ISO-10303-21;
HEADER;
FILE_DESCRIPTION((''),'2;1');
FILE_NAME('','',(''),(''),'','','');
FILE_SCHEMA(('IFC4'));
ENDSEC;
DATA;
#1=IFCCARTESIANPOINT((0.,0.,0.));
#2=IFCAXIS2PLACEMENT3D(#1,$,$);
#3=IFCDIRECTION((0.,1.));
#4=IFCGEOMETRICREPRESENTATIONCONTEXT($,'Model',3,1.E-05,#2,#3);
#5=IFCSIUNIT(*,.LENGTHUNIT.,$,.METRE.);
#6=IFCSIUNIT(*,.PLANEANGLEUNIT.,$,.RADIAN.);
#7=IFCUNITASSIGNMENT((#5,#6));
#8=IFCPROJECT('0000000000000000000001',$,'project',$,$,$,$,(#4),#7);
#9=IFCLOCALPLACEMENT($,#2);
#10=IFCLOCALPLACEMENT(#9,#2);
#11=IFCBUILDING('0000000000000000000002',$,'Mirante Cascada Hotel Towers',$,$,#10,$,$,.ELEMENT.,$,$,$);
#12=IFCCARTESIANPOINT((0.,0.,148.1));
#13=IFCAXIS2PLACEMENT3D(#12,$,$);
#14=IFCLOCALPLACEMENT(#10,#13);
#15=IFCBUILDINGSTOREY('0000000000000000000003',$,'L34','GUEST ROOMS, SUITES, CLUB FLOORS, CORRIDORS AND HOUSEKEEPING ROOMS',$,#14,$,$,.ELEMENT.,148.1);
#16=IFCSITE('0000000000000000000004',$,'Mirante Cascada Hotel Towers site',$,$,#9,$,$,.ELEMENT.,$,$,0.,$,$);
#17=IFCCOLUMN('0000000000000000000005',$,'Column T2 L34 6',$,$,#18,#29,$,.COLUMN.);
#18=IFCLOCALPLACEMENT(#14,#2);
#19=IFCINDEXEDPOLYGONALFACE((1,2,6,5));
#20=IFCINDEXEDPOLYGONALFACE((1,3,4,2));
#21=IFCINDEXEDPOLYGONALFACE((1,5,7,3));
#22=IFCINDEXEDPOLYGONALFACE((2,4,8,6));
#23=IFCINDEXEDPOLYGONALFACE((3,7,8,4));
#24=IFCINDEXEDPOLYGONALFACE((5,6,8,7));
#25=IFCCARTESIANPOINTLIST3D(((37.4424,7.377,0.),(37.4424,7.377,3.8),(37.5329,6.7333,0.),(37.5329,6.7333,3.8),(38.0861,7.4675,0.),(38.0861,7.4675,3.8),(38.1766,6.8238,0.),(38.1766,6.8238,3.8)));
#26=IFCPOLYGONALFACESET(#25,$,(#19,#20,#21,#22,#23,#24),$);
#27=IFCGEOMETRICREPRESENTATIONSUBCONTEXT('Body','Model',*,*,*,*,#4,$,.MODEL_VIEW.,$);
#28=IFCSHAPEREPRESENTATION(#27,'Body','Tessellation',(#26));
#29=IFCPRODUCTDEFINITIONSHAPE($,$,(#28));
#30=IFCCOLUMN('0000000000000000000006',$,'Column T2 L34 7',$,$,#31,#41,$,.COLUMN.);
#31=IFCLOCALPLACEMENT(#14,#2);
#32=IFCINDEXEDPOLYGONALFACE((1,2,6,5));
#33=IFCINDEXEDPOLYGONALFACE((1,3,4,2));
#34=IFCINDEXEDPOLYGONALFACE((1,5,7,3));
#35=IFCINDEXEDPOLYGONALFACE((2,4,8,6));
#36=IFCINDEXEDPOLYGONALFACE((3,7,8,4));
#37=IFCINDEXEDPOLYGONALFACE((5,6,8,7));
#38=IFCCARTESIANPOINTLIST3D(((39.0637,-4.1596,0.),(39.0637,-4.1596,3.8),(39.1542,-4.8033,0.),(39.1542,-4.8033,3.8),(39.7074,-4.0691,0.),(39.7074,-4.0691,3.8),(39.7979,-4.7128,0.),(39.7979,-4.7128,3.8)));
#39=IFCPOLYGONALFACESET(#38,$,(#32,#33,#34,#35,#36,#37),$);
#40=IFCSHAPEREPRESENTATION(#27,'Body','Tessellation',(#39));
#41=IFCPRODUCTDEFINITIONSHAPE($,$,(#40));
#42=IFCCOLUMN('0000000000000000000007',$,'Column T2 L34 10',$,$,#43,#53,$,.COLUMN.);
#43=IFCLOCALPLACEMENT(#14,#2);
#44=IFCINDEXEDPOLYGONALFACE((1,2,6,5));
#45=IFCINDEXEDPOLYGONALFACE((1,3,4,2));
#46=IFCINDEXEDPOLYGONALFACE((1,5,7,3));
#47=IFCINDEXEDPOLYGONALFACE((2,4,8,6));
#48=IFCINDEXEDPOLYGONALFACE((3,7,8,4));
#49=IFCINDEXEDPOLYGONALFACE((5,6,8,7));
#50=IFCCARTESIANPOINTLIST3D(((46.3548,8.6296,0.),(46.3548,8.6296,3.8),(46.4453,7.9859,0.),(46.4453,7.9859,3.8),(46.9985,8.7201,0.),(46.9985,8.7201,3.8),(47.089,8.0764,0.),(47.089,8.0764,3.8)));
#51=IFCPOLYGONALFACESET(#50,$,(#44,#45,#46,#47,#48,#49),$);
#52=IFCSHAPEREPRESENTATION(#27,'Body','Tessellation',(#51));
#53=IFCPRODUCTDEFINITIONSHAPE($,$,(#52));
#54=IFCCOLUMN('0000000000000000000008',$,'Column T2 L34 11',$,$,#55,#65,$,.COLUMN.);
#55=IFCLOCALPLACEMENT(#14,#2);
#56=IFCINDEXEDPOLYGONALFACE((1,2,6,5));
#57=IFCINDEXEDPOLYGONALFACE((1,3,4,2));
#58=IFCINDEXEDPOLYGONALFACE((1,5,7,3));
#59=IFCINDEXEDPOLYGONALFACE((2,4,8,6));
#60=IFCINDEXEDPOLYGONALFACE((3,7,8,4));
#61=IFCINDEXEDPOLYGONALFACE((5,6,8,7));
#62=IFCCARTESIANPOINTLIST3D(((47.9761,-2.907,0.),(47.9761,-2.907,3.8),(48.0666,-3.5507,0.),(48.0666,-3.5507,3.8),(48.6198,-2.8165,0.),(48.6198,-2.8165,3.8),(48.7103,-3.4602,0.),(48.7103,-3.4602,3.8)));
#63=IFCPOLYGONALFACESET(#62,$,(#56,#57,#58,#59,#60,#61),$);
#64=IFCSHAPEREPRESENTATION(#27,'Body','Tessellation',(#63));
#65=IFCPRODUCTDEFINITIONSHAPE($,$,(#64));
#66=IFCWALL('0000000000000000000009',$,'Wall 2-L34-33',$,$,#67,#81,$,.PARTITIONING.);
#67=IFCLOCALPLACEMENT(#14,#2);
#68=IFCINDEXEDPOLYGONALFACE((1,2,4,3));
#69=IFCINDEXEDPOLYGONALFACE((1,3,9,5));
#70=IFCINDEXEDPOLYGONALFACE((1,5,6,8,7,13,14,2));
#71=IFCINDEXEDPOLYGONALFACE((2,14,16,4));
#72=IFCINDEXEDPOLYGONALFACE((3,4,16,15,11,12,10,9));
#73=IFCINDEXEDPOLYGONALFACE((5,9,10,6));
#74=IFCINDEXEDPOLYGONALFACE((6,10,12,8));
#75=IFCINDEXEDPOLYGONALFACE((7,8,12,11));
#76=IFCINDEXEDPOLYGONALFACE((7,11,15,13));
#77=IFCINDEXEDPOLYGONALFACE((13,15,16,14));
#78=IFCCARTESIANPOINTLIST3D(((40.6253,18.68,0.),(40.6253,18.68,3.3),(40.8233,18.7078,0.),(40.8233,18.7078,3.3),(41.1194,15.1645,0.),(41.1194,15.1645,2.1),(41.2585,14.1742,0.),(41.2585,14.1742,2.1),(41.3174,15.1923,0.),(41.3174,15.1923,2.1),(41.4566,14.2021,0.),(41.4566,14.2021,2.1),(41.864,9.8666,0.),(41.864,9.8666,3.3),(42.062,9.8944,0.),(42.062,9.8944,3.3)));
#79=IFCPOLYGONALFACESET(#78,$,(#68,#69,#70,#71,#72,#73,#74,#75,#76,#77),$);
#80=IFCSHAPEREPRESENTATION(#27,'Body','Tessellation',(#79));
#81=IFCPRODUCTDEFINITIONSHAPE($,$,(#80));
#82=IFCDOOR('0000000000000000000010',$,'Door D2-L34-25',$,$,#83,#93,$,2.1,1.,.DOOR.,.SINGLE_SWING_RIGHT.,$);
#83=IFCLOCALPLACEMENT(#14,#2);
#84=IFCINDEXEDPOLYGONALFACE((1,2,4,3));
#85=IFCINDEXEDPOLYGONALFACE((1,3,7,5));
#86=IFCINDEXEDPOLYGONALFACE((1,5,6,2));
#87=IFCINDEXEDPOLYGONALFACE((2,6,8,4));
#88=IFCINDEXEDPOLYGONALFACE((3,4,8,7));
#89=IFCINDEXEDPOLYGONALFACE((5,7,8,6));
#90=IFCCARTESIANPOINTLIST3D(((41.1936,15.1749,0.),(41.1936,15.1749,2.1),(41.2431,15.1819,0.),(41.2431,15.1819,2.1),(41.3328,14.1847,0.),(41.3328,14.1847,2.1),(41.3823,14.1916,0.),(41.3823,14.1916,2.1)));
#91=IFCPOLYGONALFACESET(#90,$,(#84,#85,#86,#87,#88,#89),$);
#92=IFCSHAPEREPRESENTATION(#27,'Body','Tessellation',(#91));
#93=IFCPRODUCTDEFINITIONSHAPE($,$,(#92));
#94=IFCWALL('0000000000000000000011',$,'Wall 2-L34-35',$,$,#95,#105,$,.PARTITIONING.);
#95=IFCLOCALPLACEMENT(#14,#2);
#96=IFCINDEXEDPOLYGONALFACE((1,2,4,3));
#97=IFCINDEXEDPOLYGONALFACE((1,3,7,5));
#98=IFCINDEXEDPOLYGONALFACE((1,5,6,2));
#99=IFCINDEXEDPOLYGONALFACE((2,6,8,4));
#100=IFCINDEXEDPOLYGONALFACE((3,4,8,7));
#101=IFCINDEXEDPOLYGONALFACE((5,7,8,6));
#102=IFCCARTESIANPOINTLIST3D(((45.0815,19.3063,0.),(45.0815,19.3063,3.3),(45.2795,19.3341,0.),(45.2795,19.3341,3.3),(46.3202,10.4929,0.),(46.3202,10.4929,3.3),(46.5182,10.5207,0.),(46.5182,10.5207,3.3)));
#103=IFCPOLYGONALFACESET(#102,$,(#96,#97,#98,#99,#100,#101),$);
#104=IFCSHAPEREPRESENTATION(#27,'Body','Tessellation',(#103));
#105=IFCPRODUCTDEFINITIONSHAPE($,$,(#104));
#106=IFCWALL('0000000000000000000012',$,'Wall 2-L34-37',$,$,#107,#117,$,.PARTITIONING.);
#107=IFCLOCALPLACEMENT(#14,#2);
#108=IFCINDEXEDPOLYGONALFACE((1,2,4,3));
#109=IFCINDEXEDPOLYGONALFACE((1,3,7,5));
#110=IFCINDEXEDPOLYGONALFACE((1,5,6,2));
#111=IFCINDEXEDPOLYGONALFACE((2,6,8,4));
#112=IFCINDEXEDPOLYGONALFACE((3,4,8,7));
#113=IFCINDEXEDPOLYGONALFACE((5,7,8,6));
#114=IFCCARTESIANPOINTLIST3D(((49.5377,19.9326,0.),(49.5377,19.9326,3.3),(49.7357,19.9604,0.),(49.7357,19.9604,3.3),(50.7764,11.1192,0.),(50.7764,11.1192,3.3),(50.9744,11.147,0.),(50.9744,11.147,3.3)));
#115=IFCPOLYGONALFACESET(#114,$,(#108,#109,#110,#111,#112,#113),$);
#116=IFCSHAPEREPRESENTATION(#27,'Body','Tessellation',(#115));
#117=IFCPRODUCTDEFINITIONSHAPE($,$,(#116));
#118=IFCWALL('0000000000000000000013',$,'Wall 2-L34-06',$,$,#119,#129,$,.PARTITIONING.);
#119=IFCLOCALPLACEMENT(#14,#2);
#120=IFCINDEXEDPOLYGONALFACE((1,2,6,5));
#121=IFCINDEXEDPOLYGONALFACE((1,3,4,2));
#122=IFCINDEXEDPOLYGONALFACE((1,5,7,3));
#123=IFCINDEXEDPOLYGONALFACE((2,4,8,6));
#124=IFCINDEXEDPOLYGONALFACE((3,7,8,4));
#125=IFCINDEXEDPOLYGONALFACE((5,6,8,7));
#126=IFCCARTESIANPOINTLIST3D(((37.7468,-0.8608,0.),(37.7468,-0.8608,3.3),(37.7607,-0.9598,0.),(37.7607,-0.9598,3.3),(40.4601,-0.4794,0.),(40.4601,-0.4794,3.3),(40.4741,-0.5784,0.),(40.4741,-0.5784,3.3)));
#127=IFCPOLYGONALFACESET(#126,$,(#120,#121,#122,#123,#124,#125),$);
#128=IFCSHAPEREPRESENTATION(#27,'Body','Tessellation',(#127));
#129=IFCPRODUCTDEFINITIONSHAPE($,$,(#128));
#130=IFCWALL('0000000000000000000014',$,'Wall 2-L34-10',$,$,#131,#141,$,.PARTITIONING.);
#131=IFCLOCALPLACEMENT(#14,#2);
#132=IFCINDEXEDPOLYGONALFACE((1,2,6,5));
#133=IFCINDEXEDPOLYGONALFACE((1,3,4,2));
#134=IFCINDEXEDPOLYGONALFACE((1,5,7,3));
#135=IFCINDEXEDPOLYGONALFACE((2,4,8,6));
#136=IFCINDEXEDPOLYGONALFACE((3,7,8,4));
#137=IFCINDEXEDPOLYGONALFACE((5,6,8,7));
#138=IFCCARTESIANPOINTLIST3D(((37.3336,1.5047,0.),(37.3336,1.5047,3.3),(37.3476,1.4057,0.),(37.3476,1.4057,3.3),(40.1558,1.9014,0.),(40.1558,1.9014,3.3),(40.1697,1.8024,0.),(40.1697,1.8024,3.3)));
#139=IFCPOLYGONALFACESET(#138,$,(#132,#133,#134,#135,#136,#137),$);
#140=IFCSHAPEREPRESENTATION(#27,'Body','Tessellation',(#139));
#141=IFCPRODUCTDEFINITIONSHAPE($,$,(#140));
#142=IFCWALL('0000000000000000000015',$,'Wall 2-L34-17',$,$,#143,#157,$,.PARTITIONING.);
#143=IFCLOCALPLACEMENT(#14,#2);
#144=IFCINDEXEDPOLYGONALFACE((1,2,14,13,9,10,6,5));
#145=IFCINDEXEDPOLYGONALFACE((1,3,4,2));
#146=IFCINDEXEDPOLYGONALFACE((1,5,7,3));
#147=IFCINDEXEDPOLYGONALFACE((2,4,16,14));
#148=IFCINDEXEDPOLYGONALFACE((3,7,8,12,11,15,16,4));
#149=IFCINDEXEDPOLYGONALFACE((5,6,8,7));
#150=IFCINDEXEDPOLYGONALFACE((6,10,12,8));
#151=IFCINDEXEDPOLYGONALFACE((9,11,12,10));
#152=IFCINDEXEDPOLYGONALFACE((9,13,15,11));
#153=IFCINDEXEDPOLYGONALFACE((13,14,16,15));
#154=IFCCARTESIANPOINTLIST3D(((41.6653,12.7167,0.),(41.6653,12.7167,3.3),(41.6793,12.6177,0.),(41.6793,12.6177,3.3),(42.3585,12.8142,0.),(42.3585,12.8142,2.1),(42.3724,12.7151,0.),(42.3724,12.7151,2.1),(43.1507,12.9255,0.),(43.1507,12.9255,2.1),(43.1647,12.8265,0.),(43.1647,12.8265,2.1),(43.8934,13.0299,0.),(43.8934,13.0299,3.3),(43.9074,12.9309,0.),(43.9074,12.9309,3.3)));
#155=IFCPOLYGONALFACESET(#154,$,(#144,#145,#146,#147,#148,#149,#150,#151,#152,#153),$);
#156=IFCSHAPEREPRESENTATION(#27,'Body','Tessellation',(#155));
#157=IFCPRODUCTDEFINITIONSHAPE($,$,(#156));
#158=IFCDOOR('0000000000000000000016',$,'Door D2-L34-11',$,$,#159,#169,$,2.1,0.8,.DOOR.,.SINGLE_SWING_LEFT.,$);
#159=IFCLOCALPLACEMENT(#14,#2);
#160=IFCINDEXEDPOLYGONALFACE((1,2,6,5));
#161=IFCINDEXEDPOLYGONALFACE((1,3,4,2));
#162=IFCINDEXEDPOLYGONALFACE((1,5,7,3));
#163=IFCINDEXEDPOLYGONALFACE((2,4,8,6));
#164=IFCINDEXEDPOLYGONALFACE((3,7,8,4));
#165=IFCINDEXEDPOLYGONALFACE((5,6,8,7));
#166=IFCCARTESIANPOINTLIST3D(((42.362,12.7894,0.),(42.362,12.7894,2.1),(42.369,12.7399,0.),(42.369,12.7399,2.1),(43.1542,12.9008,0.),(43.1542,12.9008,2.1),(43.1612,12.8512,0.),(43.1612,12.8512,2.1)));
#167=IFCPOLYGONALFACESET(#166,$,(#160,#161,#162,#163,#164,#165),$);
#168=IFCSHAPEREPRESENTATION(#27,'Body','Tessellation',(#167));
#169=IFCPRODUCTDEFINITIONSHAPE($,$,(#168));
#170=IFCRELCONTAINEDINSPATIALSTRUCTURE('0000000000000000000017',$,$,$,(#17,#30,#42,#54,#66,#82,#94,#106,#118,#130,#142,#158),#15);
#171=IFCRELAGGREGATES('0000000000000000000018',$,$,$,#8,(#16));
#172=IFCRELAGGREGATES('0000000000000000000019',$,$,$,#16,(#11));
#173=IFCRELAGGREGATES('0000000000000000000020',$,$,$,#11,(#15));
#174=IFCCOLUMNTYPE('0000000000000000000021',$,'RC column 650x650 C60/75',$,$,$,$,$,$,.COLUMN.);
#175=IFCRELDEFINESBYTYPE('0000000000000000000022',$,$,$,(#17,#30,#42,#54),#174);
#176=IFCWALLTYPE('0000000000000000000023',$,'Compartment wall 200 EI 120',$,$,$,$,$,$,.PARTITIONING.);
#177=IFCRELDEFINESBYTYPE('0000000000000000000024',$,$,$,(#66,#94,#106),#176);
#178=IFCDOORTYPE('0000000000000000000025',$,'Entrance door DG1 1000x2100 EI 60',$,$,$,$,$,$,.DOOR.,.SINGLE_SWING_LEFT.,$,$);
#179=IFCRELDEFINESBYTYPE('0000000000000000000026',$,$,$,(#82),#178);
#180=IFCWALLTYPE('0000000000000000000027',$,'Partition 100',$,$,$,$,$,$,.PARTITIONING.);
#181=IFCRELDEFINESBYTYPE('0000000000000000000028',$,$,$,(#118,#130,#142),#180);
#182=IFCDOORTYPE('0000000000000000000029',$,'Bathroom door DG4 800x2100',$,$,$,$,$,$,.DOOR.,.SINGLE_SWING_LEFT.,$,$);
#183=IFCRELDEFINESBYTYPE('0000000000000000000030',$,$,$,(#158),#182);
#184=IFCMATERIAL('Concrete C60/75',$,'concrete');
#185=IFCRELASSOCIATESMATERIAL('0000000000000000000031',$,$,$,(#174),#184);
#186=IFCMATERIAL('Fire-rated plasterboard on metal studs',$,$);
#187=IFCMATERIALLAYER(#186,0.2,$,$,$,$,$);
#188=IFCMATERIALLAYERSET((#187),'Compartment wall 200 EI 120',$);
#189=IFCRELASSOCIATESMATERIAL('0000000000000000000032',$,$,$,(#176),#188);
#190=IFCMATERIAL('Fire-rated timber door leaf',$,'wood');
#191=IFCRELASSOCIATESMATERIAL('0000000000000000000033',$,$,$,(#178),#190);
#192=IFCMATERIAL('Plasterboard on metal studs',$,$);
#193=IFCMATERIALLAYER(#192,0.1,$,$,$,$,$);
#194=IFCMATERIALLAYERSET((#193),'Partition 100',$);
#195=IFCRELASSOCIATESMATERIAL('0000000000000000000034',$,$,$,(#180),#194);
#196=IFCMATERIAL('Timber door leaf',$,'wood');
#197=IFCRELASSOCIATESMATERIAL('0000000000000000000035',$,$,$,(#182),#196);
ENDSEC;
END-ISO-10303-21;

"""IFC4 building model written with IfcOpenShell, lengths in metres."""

from ifc_helpers import new_model, si_unit, direction, frame, frame_2d, origin, origin_2d, place, context, subcontext, project, spatial, rectangle, extrude, material, layer, layer_set, material_profile, profile_set, type_object, element, fill, save


model = new_model("IFC4")

# Units and contexts
model_context = context("Model", 3, precision=1e-05, world=origin(), true_north=direction((0.0, 1.0)))
body_context = subcontext(model_context, "Body", "Model", "MODEL_VIEW")
ifc_project = project(units=[si_unit("LENGTHUNIT", "METRE"), si_unit("PLANEANGLEUNIT", "RADIAN")], contexts=[model_context])

# Site, building, storey
site_placement = place(None, origin())
site = spatial("IfcSite", under=ifc_project, at=site_placement, Name="Mirante Cascada Hotel Towers site", CompositionType="ELEMENT", RefElevation=0.0)
building_placement = place(site_placement, origin())
building = spatial("IfcBuilding", under=site, at=building_placement, Name="Mirante Cascada Hotel Towers", CompositionType="ELEMENT")
storey_placement = place(building_placement, frame((0.0, 0.0, 148.1)))
storey = spatial("IfcBuildingStorey", under=building, at=storey_placement, Name="L34", Description="GUEST ROOMS, SUITES, CLUB FLOORS, CORRIDORS AND HOUSEKEEPING ROOMS", CompositionType="ELEMENT", Elevation=148.1)

# Columns
ifc_material_1 = material(Name="Concrete C60/75", Category="concrete")
ifc_material_profile = material_profile(ifc_material_1, rectangle(XDim=0.65, YDim=0.65, at=origin_2d()), Name="RC column 650x650 C60/75")
ifc_profile_set = profile_set([ifc_material_profile], Name="Concrete C60/75")
column_type = type_object("IfcColumnType", Name="RC column 650x650 C60/75", PredefinedType="COLUMN", material=ifc_profile_set)
for number, where, z_axis, x_axis, name in (
    (1, (37.8095, 7.1004, 0.0), (0.0, 0.0, 1.0), (0.990268, 0.139173, 0.0), "Column T2 L34 6"),
    (2, (39.4308, -4.4362, 0.0), (0.0, 0.0, 1.0), (0.990268, 0.139173, 0.0), "Column T2 L34 7"),
    (3, (46.7219, 8.353, 0.0), (0.0, 0.0, 1.0), (0.990268, 0.139173, 0.0), "Column T2 L34 10"),
    (4, (48.3432, -3.1836, 0.0), (0.0, 0.0, 1.0), (0.990268, 0.139173, 0.0), "Column T2 L34 11"),
):
    element("IfcColumn", number, at=place(storey_placement, frame(where, z_axis=z_axis, x_axis=x_axis)), inside=storey, type_object=column_type, Name=name, PredefinedType="COLUMN", context=body_context, shape_type="SweptSolid", body=[
        extrude(rectangle(XDim=0.65, YDim=0.65, at=origin_2d()), origin(), (0.0, 0.0, 1.0), 3.8),
    ])

# Wall, opening, door
ifc_material_2 = material(Name="Fire-rated plasterboard on metal studs")
ifc_layer_1 = layer(ifc_material_2, 0.2)
ifc_layer_set_1 = layer_set([ifc_layer_1], Name="Compartment wall 200 EI 120")
wall_type_1 = type_object("IfcWallType", Name="Compartment wall 200 EI 120", PredefinedType="PARTITIONING", material=ifc_layer_set_1)
wall_1_placement = place(storey_placement, frame((41.963, 9.8805, 0.0), z_axis=(0.0, 0.0, 1.0), x_axis=(-0.139179, 0.990267, 0.0)))
wall_1 = element("IfcWall", 5, at=wall_1_placement, inside=storey, type_object=wall_type_1, Name="Wall 2-L34-33", PredefinedType="PARTITIONING", context=body_context, shape_type="SweptSolid", body=[
    extrude(rectangle(XDim=8.9, YDim=0.2, at=frame_2d((4.45, 0.0))), origin(), (0.0, 0.0, 1.0), 3.3),
])
opening_1_placement = place(wall_1_placement, frame((4.35, 0.0, 0.0)))
opening_1 = element("IfcOpeningElement", 6, at=opening_1_placement, cuts=wall_1, PredefinedType="OPENING", context=body_context, shape_type="SweptSolid", body=[
    extrude(rectangle(XDim=1.0, YDim=2.1, at=frame_2d((0.5, 1.05))), frame((0.0, 0.1, 0.0), z_axis=(0.0, -1.0, 0.0), x_axis=(1.0, 0.0, 0.0)), (0.0, 0.0, 1.0), 0.2),
])
ifc_material_3 = material(Name="Fire-rated timber door leaf", Category="wood")
door_type_1 = type_object("IfcDoorType", Name="Entrance door DG1 1000x2100 EI 60", OperationType="SINGLE_SWING_LEFT", PredefinedType="DOOR", material=ifc_material_3)
door_1_placement = place(opening_1_placement, frame((1.0, 0.0, 0.0), z_axis=(0.0, 0.0, 1.0), x_axis=(-1.0, 0.0, 0.0)))
door_1 = element("IfcDoor", 7, at=door_1_placement, inside=storey, type_object=door_type_1, Name="Door D2-L34-25", OperationType="SINGLE_SWING_RIGHT", OverallHeight=2.1, OverallWidth=1.0, PredefinedType="DOOR", context=body_context, shape_type="SweptSolid", body=[
    extrude(rectangle(XDim=1.0, YDim=2.1, at=frame_2d((0.5, 1.05))), frame((0.0, 0.025, 0.0), z_axis=(0.0, -1.0, 0.0), x_axis=(1.0, 0.0, 0.0)), (0.0, 0.0, 1.0), 0.05),
])
fill(opening_1, door_1)

# Walls
for number, where, z_axis, x_axis, name in (
    (8, (46.4192, 10.5068, 0.0), (0.0, 0.0, 1.0), (-0.139179, 0.990267, 0.0), "Wall 2-L34-35"),
    (9, (50.8754, 11.1331, 0.0), (0.0, 0.0, 1.0), (-0.139179, 0.990267, 0.0), "Wall 2-L34-37"),
):
    element("IfcWall", number, at=place(storey_placement, frame(where, z_axis=z_axis, x_axis=x_axis)), inside=storey, type_object=wall_type_1, Name=name, PredefinedType="PARTITIONING", context=body_context, shape_type="SweptSolid", body=[
        extrude(rectangle(XDim=8.9, YDim=0.2, at=frame_2d((4.45, 0.0))), origin(), (0.0, 0.0, 1.0), 3.3),
    ])
ifc_material_4 = material(Name="Plasterboard on metal studs")
ifc_layer_2 = layer(ifc_material_4, 0.1)
ifc_layer_set_2 = layer_set([ifc_layer_2], Name="Partition 100")
wall_type_2 = type_object("IfcWallType", Name="Partition 100", PredefinedType="PARTITIONING", material=ifc_layer_set_2)
wall_2_placement = place(storey_placement, frame((40.4671, -0.5289, 0.0), z_axis=(0.0, 0.0, 1.0), x_axis=(-0.990264, -0.139198, 0.0)))
element("IfcWall", 10, at=wall_2_placement, inside=storey, type_object=wall_type_2, Name="Wall 2-L34-06", PredefinedType="PARTITIONING", context=body_context, shape_type="SweptSolid", body=[
    extrude(rectangle(XDim=2.74, YDim=0.1, at=frame_2d((1.37, 0.0))), origin(), (0.0, 0.0, 1.0), 3.3),
])
wall_3_placement = place(storey_placement, frame((40.1628, 1.8519, 0.0), z_axis=(0.0, 0.0, 1.0), x_axis=(-0.990265, -0.139196, 0.0)))
element("IfcWall", 11, at=wall_3_placement, inside=storey, type_object=wall_type_2, Name="Wall 2-L34-10", PredefinedType="PARTITIONING", context=body_context, shape_type="SweptSolid", body=[
    extrude(rectangle(XDim=2.8499, YDim=0.1, at=frame_2d((1.425, 0.0))), origin(), (0.0, 0.0, 1.0), 3.3),
])

# Wall, opening, door
wall_4_placement = place(storey_placement, frame((41.6723, 12.6672, 0.0), z_axis=(0.0, 0.0, 1.0), x_axis=(0.990264, 0.1392, 0.0)))
wall_4 = element("IfcWall", 12, at=wall_4_placement, inside=storey, type_object=wall_type_2, Name="Wall 2-L34-17", PredefinedType="PARTITIONING", context=body_context, shape_type="SweptSolid", body=[
    extrude(rectangle(XDim=2.25, YDim=0.1, at=frame_2d((1.125, 0.0))), origin(), (0.0, 0.0, 1.0), 3.3),
])
opening_2_placement = place(wall_4_placement, frame((0.7, 0.0, 0.0)))
opening_2 = element("IfcOpeningElement", 13, at=opening_2_placement, cuts=wall_4, PredefinedType="OPENING", context=body_context, shape_type="SweptSolid", body=[
    extrude(rectangle(XDim=0.8, YDim=2.1, at=frame_2d((0.4, 1.05))), frame((0.0, 0.05, 0.0), z_axis=(0.0, -1.0, 0.0), x_axis=(1.0, 0.0, 0.0)), (0.0, 0.0, 1.0), 0.1),
])
ifc_material_5 = material(Name="Timber door leaf", Category="wood")
door_type_2 = type_object("IfcDoorType", Name="Bathroom door DG4 800x2100", OperationType="SINGLE_SWING_LEFT", PredefinedType="DOOR", material=ifc_material_5)
door_2_placement = place(opening_2_placement, origin())
door_2 = element("IfcDoor", 14, at=door_2_placement, inside=storey, type_object=door_type_2, Name="Door D2-L34-11", OperationType="SINGLE_SWING_LEFT", OverallHeight=2.1, OverallWidth=0.8, PredefinedType="DOOR", context=body_context, shape_type="SweptSolid", body=[
    extrude(rectangle(XDim=0.8, YDim=2.1, at=frame_2d((0.4, 1.05))), frame((0.0, 0.025, 0.0), z_axis=(0.0, -1.0, 0.0), x_axis=(1.0, 0.0, 0.0)), (0.0, 0.0, 1.0), 0.05),
])
fill(opening_2, door_2)

save(model, "model.ifc")
